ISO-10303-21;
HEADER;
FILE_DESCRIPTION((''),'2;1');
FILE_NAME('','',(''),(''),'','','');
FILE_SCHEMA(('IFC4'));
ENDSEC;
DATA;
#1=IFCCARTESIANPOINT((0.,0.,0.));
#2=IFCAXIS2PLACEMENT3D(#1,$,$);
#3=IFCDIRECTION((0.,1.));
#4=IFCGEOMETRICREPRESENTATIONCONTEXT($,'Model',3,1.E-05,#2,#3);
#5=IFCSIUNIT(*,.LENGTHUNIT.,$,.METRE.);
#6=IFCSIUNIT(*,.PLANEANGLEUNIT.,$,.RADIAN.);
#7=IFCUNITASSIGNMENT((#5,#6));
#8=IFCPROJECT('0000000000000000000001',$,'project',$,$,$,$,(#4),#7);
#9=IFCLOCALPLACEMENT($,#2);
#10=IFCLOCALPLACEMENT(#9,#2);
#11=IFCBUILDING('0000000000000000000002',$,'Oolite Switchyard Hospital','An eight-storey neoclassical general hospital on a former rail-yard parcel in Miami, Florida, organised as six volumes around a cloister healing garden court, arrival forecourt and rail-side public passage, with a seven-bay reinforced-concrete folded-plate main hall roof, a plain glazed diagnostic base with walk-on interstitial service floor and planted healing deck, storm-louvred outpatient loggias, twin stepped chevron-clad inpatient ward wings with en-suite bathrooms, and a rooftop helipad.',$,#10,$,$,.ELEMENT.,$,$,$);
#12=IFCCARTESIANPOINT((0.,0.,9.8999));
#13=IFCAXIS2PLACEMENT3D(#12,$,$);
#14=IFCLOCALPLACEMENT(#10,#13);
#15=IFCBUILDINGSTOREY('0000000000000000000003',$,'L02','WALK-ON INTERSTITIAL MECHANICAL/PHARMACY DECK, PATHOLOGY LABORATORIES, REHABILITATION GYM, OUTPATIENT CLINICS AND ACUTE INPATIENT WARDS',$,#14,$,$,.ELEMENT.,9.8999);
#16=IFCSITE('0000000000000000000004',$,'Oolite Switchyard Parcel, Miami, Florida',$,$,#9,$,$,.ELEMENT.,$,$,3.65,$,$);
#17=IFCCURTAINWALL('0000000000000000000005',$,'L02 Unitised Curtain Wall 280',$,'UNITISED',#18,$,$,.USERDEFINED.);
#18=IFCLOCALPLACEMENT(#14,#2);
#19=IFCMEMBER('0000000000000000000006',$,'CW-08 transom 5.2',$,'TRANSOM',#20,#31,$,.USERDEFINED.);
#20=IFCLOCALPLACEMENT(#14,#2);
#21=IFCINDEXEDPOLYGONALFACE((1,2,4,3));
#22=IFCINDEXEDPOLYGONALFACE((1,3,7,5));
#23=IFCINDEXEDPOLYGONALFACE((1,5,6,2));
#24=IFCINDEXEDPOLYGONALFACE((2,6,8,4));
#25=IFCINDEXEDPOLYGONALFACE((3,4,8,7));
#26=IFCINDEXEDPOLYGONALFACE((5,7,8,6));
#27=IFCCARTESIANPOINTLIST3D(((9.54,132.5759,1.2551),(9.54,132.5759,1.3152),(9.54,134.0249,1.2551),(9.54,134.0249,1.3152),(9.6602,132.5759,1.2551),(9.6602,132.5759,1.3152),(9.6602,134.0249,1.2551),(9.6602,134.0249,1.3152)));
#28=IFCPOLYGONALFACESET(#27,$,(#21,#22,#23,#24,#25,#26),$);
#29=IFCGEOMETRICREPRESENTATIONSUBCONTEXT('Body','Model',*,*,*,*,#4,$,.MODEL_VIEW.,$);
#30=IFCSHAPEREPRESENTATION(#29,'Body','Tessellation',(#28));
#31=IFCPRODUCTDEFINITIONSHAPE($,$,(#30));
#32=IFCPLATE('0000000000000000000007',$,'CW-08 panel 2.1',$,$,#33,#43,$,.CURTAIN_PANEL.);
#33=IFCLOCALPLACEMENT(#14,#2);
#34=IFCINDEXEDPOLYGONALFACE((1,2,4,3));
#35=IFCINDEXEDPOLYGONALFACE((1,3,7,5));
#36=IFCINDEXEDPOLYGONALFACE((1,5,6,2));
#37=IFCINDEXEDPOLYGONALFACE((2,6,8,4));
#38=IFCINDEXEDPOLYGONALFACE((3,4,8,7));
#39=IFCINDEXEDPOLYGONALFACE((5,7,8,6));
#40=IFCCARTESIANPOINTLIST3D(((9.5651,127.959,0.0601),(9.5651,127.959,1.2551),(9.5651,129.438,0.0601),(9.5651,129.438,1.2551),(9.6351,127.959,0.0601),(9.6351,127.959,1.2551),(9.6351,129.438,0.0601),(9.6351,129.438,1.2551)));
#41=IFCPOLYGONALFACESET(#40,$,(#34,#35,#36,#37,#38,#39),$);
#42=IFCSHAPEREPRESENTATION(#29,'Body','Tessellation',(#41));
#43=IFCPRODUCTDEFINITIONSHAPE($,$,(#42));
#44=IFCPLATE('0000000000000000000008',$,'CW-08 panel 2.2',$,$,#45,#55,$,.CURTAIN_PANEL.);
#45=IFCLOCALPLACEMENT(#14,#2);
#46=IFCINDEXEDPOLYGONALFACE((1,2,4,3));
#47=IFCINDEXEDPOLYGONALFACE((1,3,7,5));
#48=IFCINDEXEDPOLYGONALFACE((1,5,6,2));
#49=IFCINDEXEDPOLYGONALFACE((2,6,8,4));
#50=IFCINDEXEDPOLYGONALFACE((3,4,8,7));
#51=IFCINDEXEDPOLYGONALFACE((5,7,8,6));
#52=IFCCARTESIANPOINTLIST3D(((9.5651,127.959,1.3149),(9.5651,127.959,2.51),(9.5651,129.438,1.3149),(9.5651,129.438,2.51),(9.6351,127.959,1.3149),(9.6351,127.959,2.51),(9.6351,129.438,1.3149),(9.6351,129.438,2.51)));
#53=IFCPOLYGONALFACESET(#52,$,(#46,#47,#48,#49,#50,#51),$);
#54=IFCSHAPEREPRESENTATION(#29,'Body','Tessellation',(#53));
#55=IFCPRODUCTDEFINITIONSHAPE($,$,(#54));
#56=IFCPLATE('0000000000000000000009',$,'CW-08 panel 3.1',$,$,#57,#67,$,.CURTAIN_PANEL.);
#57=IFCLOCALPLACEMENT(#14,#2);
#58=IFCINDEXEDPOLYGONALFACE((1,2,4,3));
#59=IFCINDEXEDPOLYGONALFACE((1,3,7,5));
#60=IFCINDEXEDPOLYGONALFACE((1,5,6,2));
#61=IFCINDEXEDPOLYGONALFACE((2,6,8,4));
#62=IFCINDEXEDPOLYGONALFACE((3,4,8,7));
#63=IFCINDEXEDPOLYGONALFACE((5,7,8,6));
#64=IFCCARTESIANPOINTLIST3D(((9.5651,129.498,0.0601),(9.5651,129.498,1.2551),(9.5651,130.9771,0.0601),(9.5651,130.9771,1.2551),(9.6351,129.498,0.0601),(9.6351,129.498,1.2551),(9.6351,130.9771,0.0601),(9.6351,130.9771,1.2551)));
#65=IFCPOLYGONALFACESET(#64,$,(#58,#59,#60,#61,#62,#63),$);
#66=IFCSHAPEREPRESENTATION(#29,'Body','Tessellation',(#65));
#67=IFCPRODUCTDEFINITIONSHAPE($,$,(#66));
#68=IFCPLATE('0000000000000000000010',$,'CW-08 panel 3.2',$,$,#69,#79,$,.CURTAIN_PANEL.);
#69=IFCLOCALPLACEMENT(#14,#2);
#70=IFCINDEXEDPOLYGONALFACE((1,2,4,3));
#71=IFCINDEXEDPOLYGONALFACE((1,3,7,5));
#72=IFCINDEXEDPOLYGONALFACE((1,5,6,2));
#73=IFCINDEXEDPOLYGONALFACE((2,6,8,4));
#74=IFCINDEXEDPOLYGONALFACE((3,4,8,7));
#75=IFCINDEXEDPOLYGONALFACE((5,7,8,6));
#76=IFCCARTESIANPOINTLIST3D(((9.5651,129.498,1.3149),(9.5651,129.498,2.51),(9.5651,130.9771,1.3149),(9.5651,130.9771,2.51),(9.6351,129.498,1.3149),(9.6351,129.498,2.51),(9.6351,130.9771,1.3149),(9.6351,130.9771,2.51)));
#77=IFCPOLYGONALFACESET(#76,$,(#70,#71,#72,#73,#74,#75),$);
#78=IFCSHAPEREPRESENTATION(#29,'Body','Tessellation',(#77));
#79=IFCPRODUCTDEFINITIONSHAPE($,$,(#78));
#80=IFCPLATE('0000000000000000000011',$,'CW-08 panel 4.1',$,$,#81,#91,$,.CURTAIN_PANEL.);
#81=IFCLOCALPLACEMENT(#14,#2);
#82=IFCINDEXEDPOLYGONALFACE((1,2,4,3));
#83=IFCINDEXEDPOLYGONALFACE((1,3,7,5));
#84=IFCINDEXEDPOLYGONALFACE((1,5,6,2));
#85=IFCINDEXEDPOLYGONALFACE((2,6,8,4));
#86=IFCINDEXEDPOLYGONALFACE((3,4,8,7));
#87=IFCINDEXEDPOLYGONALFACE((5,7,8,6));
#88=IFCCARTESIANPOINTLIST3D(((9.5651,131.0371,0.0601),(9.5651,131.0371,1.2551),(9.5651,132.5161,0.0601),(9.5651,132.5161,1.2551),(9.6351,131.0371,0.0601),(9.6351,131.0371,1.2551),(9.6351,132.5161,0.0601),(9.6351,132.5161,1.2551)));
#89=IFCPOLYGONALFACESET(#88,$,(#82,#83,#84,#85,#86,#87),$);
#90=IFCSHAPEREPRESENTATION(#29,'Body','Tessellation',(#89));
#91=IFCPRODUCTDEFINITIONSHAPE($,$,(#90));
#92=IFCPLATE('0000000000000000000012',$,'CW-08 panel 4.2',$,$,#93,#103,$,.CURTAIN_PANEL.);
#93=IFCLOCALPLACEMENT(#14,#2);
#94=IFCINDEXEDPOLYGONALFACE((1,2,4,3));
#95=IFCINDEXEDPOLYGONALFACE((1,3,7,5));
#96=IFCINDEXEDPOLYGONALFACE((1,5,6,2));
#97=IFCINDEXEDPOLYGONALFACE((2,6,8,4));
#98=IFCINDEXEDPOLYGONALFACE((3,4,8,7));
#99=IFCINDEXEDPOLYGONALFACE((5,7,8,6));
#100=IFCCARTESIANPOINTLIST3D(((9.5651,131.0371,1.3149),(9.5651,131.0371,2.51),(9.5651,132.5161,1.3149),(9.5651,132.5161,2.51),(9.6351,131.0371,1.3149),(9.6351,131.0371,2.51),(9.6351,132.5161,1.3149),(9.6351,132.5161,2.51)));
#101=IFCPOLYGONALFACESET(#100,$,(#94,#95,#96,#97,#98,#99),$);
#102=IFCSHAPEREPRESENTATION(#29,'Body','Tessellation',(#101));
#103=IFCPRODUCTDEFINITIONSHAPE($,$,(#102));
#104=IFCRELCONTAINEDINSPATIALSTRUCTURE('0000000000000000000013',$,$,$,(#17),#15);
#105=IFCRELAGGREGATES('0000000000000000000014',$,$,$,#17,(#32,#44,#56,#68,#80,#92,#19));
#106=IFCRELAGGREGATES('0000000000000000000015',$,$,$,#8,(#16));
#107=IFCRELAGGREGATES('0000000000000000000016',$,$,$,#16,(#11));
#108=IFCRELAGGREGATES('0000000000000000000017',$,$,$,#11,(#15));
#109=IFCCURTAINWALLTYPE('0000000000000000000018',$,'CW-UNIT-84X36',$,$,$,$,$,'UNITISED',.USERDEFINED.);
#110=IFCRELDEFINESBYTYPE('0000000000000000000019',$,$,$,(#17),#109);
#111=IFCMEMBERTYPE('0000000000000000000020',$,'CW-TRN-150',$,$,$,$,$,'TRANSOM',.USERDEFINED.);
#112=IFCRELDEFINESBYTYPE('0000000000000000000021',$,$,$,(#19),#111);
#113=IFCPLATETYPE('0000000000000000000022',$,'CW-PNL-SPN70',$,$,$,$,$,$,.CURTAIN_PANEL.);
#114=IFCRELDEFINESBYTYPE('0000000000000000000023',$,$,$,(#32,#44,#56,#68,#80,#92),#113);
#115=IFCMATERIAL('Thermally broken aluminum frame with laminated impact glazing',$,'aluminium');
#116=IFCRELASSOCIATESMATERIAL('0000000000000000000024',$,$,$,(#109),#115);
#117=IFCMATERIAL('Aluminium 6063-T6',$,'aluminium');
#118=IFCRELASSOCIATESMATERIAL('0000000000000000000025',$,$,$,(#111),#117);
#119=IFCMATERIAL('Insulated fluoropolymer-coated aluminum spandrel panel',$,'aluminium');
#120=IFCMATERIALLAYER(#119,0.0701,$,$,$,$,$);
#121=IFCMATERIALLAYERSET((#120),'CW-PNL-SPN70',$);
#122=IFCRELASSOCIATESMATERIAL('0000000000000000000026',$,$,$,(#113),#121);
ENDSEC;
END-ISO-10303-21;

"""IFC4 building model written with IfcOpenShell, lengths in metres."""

from ifc_helpers import new_model, si_unit, direction, frame, origin, origin_2d, place, context, subcontext, project, spatial, rectangle, extrude, material, layer, layer_set, material_profile, profile_set, type_object, element, aggregate, save


model = new_model("IFC4")

# Units and contexts
model_context = context("Model", 3, precision=1e-05, world=origin(), true_north=direction((0.0, 1.0)))
body_context = subcontext(model_context, "Body", "Model", "MODEL_VIEW")
ifc_project = project(units=[si_unit("LENGTHUNIT", "METRE"), si_unit("PLANEANGLEUNIT", "RADIAN")], contexts=[model_context])

# Site, building, storey
site_placement = place(None, origin())
site = spatial("IfcSite", under=ifc_project, at=site_placement, Name="Oolite Switchyard Parcel, Miami, Florida", CompositionType="ELEMENT", RefElevation=3.65)
building_placement = place(site_placement, origin())
building = spatial("IfcBuilding", under=site, at=building_placement, Name="Oolite Switchyard Hospital", Description="An eight-storey neoclassical general hospital on a former rail-yard parcel in Miami, Florida, organised as six volumes around a cloister healing garden court, arrival forecourt and rail-side public passage, with a seven-bay reinforced-concrete folded-plate main hall roof, a plain glazed diagnostic base with walk-on interstitial service floor and planted healing deck, storm-louvred outpatient loggias, twin stepped chevron-clad inpatient ward wings with en-suite bathrooms, and a rooftop helipad.", CompositionType="ELEMENT")
storey_placement = place(building_placement, frame((0.0, 0.0, 9.8999)))
storey = spatial("IfcBuildingStorey", under=building, at=storey_placement, Name="L02", Description="WALK-ON INTERSTITIAL MECHANICAL/PHARMACY DECK, PATHOLOGY LABORATORIES, REHABILITATION GYM, OUTPATIENT CLINICS AND ACUTE INPATIENT WARDS", CompositionType="ELEMENT", Elevation=9.8999)

# Curtain wall, member, plates
ifc_material_1 = material(Name="Thermally broken aluminum frame with laminated impact glazing", Category="aluminium")
curtain_wall_type = type_object("IfcCurtainWallType", Name="CW-UNIT-84X36", ElementType="UNITISED", PredefinedType="USERDEFINED", material=ifc_material_1)
curtain_wall_placement = place(storey_placement, origin())
curtain_wall = element("IfcCurtainWall", 1, at=curtain_wall_placement, inside=storey, type_object=curtain_wall_type, Name="L02 Unitised Curtain Wall 280", ObjectType="UNITISED", PredefinedType="USERDEFINED")
ifc_material_2 = material(Name="Aluminium 6063-T6", Category="aluminium")
ifc_material_profile_1 = material_profile(ifc_material_2, rectangle(XDim=0.1201, YDim=0.0601, at=origin_2d()), Name="CWT60X120")
ifc_profile_set_1 = profile_set([ifc_material_profile_1], Name="Aluminium 6063-T6")
member_type_1 = type_object("IfcMemberType", Name="CW-TRN-150", ElementType="TRANSOM", PredefinedType="USERDEFINED", material=ifc_profile_set_1)
member_1_placement = place(storey_placement, frame((9.6001, 132.5759, 1.2852), z_axis=(0.0, 1.0, 0.0), x_axis=(-1.0, 0.0, 0.0)))
member_1 = element("IfcMember", 2, at=member_1_placement, type_object=member_type_1, Name="CW-08 transom 5.2", ObjectType="TRANSOM", PredefinedType="USERDEFINED", context=body_context, shape_type="SweptSolid", body=[
    extrude(rectangle(XDim=0.1201, YDim=0.0601, at=origin_2d()), origin(), (0.0, 0.0, 1.0), 1.449),
])
ifc_material_3 = material(Name="Insulated fluoropolymer-coated aluminum spandrel panel", Category="aluminium")
ifc_layer = layer(ifc_material_3, 0.0701)
ifc_layer_set = layer_set([ifc_layer], Name="CW-PNL-SPN70")
plate_type = type_object("IfcPlateType", Name="CW-PNL-SPN70", PredefinedType="CURTAIN_PANEL", material=ifc_layer_set)
plate_1_placement = place(storey_placement, frame((9.6001, 128.6985, 0.0601), z_axis=(0.0, 0.0, 1.0), x_axis=(0.0, 1.0, 0.0)))
plate_1 = element("IfcPlate", 3, at=plate_1_placement, type_object=plate_type, Name="CW-08 panel 2.1", PredefinedType="CURTAIN_PANEL", context=body_context, shape_type="SweptSolid", body=[
    extrude(rectangle(XDim=1.479, YDim=0.0701, at=origin_2d()), origin(), (0.0, 0.0, 1.0), 1.1951),
])
plate_2_placement = place(storey_placement, frame((9.6001, 128.6985, 1.3149), z_axis=(0.0, 0.0, 1.0), x_axis=(0.0, 1.0, 0.0)))
plate_2 = element("IfcPlate", 4, at=plate_2_placement, type_object=plate_type, Name="CW-08 panel 2.2", PredefinedType="CURTAIN_PANEL", context=body_context, shape_type="SweptSolid", body=[
    extrude(rectangle(XDim=1.479, YDim=0.0701, at=origin_2d()), origin(), (0.0, 0.0, 1.0), 1.1951),
])
plate_3_placement = place(storey_placement, frame((9.6001, 130.2375, 0.0601), z_axis=(0.0, 0.0, 1.0), x_axis=(0.0, 1.0, 0.0)))
plate_3 = element("IfcPlate", 5, at=plate_3_placement, type_object=plate_type, Name="CW-08 panel 3.1", PredefinedType="CURTAIN_PANEL", context=body_context, shape_type="SweptSolid", body=[
    extrude(rectangle(XDim=1.479, YDim=0.0701, at=origin_2d()), origin(), (0.0, 0.0, 1.0), 1.1951),
])
plate_4_placement = place(storey_placement, frame((9.6001, 130.2375, 1.3149), z_axis=(0.0, 0.0, 1.0), x_axis=(0.0, 1.0, 0.0)))
plate_4 = element("IfcPlate", 6, at=plate_4_placement, type_object=plate_type, Name="CW-08 panel 3.2", PredefinedType="CURTAIN_PANEL", context=body_context, shape_type="SweptSolid", body=[
    extrude(rectangle(XDim=1.479, YDim=0.0701, at=origin_2d()), origin(), (0.0, 0.0, 1.0), 1.1951),
])
plate_5_placement = place(storey_placement, frame((9.6001, 131.7766, 0.0601), z_axis=(0.0, 0.0, 1.0), x_axis=(0.0, 1.0, 0.0)))
plate_5 = element("IfcPlate", 7, at=plate_5_placement, type_object=plate_type, Name="CW-08 panel 4.1", PredefinedType="CURTAIN_PANEL", context=body_context, shape_type="SweptSolid", body=[
    extrude(rectangle(XDim=1.479, YDim=0.0701, at=origin_2d()), origin(), (0.0, 0.0, 1.0), 1.1951),
])
plate_6_placement = place(storey_placement, frame((9.6001, 131.7766, 1.3149), z_axis=(0.0, 0.0, 1.0), x_axis=(0.0, 1.0, 0.0)))
plate_6 = element("IfcPlate", 8, at=plate_6_placement, type_object=plate_type, Name="CW-08 panel 4.2", PredefinedType="CURTAIN_PANEL", context=body_context, shape_type="SweptSolid", body=[
    extrude(rectangle(XDim=1.479, YDim=0.0701, at=origin_2d()), origin(), (0.0, 0.0, 1.0), 1.1951),
])
aggregate(curtain_wall, [plate_1, plate_2, plate_3, plate_4, plate_5, plate_6, member_1])

save(model, "model.ifc")
